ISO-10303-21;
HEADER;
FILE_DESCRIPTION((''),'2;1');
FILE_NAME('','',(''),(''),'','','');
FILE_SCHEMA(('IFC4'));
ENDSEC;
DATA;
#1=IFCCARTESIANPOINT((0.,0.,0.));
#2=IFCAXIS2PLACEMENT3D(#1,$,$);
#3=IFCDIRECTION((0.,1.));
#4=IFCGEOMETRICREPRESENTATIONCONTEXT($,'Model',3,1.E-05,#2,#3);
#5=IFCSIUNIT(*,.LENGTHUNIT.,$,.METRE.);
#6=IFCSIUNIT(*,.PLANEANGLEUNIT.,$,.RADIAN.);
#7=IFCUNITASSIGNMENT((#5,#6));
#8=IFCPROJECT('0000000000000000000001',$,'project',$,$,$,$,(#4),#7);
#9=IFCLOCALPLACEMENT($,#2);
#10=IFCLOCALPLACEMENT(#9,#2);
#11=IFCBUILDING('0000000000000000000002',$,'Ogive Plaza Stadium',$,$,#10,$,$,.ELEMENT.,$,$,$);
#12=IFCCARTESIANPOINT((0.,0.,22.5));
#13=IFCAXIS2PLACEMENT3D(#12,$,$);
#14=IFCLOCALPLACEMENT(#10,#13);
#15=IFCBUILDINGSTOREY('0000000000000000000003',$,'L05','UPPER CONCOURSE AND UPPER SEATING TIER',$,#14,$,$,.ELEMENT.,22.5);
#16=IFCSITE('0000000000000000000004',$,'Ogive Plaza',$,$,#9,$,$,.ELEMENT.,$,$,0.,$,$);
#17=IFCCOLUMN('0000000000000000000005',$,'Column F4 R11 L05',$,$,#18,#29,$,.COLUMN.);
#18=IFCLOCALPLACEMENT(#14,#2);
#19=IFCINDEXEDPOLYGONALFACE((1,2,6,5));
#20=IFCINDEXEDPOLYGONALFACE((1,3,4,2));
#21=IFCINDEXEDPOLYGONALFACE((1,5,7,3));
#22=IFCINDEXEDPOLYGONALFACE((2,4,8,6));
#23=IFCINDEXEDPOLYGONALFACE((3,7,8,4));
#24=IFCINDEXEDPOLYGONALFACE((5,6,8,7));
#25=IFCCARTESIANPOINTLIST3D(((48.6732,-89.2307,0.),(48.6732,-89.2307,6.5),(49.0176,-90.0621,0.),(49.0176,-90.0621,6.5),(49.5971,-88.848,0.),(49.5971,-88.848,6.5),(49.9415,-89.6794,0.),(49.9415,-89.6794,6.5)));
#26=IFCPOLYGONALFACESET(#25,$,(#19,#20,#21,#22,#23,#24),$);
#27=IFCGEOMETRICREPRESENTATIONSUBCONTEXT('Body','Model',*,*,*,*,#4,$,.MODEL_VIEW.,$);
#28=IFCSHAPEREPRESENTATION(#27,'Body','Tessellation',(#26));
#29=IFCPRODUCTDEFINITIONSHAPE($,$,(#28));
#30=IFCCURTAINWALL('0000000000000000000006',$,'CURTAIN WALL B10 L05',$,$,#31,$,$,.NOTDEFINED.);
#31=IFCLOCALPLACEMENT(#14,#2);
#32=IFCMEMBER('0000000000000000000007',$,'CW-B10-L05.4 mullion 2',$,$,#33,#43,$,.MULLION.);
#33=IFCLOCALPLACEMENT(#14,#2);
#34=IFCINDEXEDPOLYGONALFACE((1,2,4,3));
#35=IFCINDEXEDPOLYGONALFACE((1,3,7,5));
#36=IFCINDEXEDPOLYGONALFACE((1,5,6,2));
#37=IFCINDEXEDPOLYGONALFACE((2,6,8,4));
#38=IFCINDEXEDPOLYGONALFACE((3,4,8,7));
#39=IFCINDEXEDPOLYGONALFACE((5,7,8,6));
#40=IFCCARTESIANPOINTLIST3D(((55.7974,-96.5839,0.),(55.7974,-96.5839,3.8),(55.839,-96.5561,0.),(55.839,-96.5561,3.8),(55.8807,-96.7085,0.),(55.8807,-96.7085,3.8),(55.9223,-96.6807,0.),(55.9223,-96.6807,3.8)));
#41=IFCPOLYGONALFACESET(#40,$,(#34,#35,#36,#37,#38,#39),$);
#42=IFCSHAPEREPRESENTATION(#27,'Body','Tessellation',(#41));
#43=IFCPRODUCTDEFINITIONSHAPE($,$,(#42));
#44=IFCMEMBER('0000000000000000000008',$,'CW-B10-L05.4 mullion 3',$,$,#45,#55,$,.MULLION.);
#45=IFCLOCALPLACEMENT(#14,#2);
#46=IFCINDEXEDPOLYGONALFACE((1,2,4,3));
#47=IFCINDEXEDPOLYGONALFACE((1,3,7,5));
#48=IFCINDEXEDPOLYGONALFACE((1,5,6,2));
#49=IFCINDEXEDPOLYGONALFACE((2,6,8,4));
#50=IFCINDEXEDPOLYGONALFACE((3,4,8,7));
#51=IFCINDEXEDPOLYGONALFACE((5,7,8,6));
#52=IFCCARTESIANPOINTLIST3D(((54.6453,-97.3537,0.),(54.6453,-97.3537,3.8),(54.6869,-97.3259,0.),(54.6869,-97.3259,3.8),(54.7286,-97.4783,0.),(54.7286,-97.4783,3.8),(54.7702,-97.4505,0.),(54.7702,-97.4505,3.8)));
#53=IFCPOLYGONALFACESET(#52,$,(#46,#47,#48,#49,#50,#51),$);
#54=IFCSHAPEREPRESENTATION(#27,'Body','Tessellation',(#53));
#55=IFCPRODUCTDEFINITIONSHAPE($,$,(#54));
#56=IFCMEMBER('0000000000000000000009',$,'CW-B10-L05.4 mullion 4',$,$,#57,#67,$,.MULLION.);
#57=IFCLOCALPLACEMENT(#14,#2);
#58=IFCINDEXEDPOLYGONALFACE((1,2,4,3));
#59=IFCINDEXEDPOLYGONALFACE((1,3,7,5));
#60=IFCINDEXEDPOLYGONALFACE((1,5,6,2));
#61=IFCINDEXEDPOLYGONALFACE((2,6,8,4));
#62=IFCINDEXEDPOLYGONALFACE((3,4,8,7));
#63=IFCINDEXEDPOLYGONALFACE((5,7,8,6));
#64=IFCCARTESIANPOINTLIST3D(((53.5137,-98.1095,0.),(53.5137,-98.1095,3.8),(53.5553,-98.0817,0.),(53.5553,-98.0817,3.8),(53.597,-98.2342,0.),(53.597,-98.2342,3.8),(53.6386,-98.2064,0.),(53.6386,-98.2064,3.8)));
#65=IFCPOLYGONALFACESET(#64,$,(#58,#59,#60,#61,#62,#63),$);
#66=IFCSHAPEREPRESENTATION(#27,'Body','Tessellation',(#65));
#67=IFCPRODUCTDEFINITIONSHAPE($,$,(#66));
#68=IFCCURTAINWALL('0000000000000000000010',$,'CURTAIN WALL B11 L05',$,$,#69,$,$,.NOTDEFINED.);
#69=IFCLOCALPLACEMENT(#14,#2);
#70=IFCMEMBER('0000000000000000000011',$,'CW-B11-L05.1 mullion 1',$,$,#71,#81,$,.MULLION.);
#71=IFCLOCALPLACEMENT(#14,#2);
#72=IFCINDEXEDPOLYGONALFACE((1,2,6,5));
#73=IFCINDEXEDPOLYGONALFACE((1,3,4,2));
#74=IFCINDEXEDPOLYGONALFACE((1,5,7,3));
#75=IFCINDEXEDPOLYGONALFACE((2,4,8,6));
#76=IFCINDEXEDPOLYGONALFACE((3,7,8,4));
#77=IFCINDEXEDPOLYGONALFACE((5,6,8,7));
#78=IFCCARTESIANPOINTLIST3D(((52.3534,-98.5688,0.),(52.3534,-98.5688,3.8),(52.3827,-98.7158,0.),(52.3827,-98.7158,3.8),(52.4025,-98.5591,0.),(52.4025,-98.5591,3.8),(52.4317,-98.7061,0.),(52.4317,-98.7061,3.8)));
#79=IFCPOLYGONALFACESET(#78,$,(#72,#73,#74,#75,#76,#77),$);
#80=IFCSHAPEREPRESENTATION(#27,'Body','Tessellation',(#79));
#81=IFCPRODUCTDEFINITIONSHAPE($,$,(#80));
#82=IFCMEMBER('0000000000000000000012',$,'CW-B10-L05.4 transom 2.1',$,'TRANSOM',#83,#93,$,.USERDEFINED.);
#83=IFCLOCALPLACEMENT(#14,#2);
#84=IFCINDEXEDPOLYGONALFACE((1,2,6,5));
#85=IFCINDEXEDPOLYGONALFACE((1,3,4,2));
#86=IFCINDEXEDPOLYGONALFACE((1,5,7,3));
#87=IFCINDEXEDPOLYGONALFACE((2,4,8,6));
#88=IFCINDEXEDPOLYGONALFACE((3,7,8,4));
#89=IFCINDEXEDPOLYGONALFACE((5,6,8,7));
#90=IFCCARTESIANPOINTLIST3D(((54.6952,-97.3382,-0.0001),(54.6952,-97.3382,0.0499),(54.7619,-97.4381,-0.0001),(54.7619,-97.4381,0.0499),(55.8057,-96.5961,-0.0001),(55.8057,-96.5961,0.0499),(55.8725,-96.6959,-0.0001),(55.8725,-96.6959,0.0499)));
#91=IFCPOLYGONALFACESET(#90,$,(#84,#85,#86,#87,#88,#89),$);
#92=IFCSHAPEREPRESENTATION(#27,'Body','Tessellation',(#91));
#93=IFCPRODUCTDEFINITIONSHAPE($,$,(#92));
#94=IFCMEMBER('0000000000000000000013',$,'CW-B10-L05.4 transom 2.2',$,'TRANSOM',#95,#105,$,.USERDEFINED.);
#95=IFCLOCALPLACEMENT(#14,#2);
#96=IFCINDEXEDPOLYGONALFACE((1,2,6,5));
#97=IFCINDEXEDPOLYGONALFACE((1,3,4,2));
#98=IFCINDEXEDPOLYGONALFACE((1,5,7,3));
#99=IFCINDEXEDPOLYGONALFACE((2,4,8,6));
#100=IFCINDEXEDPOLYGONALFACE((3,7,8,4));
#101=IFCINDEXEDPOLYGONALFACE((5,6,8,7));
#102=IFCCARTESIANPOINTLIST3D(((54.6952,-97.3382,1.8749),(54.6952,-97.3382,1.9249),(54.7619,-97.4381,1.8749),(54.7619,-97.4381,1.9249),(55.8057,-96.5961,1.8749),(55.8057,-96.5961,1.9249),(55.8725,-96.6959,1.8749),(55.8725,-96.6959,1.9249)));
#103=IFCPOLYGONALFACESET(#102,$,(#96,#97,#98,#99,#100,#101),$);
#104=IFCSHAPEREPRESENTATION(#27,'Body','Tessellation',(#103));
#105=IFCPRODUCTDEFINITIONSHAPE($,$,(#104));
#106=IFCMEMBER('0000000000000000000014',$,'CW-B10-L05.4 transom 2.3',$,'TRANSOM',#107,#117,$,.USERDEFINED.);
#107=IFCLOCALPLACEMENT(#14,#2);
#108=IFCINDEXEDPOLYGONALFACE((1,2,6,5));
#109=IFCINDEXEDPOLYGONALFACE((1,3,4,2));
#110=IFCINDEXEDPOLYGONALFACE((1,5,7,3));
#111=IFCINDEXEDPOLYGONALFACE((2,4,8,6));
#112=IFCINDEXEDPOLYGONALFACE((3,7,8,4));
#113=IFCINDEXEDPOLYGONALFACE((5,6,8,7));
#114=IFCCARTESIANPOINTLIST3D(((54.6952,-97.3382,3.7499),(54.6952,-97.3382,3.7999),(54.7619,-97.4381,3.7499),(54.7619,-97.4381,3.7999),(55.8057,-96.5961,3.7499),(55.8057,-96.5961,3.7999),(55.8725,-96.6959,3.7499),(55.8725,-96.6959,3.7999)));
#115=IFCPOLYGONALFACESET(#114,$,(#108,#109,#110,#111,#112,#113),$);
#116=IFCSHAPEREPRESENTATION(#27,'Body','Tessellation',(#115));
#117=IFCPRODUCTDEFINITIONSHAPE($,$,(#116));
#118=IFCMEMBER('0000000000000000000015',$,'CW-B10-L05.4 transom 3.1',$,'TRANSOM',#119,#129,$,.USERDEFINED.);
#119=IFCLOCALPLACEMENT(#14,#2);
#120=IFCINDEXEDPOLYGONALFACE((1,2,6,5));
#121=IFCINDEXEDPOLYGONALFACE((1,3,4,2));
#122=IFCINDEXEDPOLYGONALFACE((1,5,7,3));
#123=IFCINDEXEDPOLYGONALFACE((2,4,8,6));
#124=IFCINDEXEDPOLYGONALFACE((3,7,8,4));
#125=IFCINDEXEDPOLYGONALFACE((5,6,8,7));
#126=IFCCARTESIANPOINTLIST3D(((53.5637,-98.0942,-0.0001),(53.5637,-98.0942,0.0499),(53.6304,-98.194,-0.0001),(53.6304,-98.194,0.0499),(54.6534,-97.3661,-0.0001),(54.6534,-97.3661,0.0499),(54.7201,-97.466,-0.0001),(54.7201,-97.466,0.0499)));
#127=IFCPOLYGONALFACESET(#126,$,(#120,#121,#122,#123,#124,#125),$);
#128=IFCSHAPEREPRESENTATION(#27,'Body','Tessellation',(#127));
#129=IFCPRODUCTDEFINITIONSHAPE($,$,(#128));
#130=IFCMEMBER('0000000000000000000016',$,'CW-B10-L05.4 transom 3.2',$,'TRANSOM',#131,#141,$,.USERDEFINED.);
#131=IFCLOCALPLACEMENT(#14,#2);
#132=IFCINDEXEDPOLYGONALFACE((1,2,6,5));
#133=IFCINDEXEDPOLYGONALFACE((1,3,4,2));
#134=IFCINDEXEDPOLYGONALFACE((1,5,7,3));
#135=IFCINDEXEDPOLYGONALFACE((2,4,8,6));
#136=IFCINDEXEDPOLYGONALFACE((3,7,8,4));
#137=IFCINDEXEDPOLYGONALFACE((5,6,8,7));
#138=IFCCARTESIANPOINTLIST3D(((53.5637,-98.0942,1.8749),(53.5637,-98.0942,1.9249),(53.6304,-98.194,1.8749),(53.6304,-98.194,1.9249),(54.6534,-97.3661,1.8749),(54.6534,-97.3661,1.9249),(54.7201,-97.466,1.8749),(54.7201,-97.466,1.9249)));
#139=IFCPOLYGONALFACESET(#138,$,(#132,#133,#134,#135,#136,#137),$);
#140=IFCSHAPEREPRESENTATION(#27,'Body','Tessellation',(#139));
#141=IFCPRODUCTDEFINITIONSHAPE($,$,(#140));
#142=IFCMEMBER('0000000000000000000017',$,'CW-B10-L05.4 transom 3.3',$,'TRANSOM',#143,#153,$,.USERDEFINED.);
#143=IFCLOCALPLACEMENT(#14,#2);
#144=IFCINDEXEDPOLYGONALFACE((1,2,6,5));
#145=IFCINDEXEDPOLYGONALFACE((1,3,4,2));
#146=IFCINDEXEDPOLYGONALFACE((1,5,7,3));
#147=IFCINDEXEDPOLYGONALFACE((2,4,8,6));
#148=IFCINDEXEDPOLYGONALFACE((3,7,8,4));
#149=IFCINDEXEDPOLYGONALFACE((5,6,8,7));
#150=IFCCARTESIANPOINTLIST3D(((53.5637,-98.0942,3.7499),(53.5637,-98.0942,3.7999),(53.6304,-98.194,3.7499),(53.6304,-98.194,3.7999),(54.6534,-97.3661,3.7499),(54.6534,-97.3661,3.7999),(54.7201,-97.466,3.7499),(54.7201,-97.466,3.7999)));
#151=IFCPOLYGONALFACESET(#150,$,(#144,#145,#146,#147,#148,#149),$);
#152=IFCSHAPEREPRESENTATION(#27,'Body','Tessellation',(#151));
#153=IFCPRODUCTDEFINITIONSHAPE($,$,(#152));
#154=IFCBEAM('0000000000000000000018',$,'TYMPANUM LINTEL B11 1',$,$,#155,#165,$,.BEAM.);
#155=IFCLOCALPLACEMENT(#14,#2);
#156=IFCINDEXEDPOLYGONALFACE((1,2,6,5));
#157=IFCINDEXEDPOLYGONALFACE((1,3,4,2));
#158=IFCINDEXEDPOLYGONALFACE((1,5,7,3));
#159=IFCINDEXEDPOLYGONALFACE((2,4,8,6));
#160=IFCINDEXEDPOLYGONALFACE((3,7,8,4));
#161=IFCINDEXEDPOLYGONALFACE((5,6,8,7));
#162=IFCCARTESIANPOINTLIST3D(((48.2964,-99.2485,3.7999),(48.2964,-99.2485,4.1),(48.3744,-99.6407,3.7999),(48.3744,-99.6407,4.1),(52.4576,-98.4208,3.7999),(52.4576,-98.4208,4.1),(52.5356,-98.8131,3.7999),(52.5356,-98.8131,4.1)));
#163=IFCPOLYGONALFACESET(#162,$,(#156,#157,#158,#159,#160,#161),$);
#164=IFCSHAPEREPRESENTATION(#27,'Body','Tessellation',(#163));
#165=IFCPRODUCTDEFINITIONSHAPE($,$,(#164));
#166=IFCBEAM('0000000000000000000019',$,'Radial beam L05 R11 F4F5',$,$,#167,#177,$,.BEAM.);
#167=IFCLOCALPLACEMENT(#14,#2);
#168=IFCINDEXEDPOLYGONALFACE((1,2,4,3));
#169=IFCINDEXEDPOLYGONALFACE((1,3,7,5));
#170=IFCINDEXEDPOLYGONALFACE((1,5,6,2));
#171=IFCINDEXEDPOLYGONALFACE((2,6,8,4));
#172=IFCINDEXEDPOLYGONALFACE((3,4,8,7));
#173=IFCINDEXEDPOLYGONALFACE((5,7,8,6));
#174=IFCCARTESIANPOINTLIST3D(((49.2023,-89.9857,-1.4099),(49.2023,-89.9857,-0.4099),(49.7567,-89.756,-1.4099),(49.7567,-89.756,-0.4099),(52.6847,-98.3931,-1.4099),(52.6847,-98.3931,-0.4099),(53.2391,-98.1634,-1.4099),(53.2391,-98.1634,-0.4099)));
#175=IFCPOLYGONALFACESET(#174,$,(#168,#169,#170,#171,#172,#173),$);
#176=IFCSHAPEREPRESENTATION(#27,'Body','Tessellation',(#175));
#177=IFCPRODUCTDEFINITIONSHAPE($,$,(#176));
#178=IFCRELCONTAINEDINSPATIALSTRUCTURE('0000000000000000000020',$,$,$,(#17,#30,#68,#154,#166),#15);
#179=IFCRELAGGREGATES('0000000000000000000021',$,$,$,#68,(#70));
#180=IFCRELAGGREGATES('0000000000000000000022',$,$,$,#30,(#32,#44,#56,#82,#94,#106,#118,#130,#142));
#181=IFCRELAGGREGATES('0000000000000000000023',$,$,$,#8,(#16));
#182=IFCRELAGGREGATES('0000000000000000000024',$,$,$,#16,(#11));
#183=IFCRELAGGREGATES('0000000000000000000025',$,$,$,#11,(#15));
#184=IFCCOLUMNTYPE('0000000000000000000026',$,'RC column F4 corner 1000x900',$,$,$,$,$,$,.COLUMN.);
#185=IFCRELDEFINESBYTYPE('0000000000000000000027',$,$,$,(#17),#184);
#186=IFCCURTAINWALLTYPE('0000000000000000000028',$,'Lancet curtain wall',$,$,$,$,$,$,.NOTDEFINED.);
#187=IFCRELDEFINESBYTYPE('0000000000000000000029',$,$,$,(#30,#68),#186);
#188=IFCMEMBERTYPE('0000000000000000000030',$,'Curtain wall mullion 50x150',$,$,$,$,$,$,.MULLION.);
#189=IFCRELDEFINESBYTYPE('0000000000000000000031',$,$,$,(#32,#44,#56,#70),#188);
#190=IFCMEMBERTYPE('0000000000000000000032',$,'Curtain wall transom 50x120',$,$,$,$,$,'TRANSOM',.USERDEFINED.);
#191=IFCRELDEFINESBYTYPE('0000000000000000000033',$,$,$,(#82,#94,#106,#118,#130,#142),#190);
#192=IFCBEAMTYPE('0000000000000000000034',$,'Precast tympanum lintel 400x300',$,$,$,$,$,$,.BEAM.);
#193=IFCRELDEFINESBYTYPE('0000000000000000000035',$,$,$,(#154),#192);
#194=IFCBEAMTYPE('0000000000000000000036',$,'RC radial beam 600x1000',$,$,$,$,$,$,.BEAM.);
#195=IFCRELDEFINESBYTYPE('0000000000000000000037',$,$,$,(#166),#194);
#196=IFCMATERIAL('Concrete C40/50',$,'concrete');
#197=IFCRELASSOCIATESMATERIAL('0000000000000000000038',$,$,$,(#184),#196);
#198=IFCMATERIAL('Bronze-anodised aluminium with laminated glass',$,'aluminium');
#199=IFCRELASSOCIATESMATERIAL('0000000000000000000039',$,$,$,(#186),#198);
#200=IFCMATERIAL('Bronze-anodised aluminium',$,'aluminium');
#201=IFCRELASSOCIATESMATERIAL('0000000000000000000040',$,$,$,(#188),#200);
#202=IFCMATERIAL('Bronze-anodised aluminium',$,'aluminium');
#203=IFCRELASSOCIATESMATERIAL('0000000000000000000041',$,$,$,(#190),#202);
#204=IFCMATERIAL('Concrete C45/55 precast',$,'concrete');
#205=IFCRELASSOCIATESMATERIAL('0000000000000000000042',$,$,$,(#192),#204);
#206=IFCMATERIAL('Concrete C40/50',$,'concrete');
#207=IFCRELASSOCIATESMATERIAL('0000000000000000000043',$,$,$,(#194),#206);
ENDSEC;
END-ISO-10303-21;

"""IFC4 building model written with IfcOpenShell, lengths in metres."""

from ifc_helpers import new_model, si_unit, direction, frame, origin, origin_2d, place, context, subcontext, project, spatial, rectangle, extrude, material, material_profile, profile_set, type_object, element, aggregate, save


model = new_model("IFC4")

# Units and contexts
model_context = context("Model", 3, precision=1e-05, world=origin(), true_north=direction((0.0, 1.0)))
body_context = subcontext(model_context, "Body", "Model", "MODEL_VIEW")
ifc_project = project(units=[si_unit("LENGTHUNIT", "METRE"), si_unit("PLANEANGLEUNIT", "RADIAN")], contexts=[model_context])

# Site, building, storey
site_placement = place(None, origin())
site = spatial("IfcSite", under=ifc_project, at=site_placement, Name="Ogive Plaza", CompositionType="ELEMENT", RefElevation=0.0)
building_placement = place(site_placement, origin())
building = spatial("IfcBuilding", under=site, at=building_placement, Name="Ogive Plaza Stadium", CompositionType="ELEMENT")
storey_placement = place(building_placement, frame((0.0, 0.0, 22.5)))
storey = spatial("IfcBuildingStorey", under=building, at=storey_placement, Name="L05", Description="UPPER CONCOURSE AND UPPER SEATING TIER", CompositionType="ELEMENT", Elevation=22.5)

# Column
ifc_material_1 = material(Name="Concrete C40/50", Category="concrete")
ifc_material_profile_1 = material_profile(ifc_material_1, rectangle(XDim=1.0, YDim=0.8999, at=origin_2d()), Name="RC 1000x900")
ifc_profile_set_1 = profile_set([ifc_material_profile_1], Name="Concrete C40/50")
column_type = type_object("IfcColumnType", Name="RC column F4 corner 1000x900", PredefinedType="COLUMN", material=ifc_profile_set_1)
column_placement = place(storey_placement, frame((49.3074, -89.4551, 0.0), z_axis=(0.0, 0.0, 1.0), x_axis=(0.92388, 0.382683, 0.0)))
element("IfcColumn", 1, at=column_placement, inside=storey, type_object=column_type, Name="Column F4 R11 L05", PredefinedType="COLUMN", context=body_context, shape_type="SweptSolid", body=[
    extrude(rectangle(XDim=1.0, YDim=0.8999, at=origin_2d()), origin(), (0.0, 0.0, 1.0), 6.5),
])

# Curtain wall, members
ifc_material_2 = material(Name="Bronze-anodised aluminium with laminated glass", Category="aluminium")
curtain_wall_type = type_object("IfcCurtainWallType", Name="Lancet curtain wall", PredefinedType="NOTDEFINED", material=ifc_material_2)
curtain_wall_1_placement = place(storey_placement, origin())
curtain_wall_1 = element("IfcCurtainWall", 2, at=curtain_wall_1_placement, inside=storey, type_object=curtain_wall_type, Name="CURTAIN WALL B10 L05", PredefinedType="NOTDEFINED")
ifc_material_3 = material(Name="Bronze-anodised aluminium", Category="aluminium")
ifc_material_profile_2 = material_profile(ifc_material_3, rectangle(XDim=0.1499, YDim=0.05, at=origin_2d()), Name="AL 150x50")
ifc_profile_set_2 = profile_set([ifc_material_profile_2], Name="Bronze-anodised aluminium")
member_type_1 = type_object("IfcMemberType", Name="Curtain wall mullion 50x150", PredefinedType="MULLION", material=ifc_profile_set_2)
member_1_placement = place(storey_placement, frame((55.8599, -96.6323, 0.0), z_axis=(0.0, 0.0, 1.0), x_axis=(0.55557, -0.83147, 0.0)))
member_1 = element("IfcMember", 3, at=member_1_placement, type_object=member_type_1, Name="CW-B10-L05.4 mullion 2", PredefinedType="MULLION", context=body_context, shape_type="SweptSolid", body=[
    extrude(rectangle(XDim=0.1499, YDim=0.05, at=origin_2d()), origin(), (0.0, 0.0, 1.0), 3.8),
])
member_2_placement = place(storey_placement, frame((54.7078, -97.4021, 0.0), z_axis=(0.0, 0.0, 1.0), x_axis=(0.55557, -0.83147, 0.0)))
member_2 = element("IfcMember", 4, at=member_2_placement, type_object=member_type_1, Name="CW-B10-L05.4 mullion 3", PredefinedType="MULLION", context=body_context, shape_type="SweptSolid", body=[
    extrude(rectangle(XDim=0.1499, YDim=0.05, at=origin_2d()), origin(), (0.0, 0.0, 1.0), 3.8),
])
member_3_placement = place(storey_placement, frame((53.5762, -98.158, 0.0), z_axis=(0.0, 0.0, 1.0), x_axis=(0.55557, -0.83147, 0.0)))
member_3 = element("IfcMember", 5, at=member_3_placement, type_object=member_type_1, Name="CW-B10-L05.4 mullion 4", PredefinedType="MULLION", context=body_context, shape_type="SweptSolid", body=[
    extrude(rectangle(XDim=0.1499, YDim=0.05, at=origin_2d()), origin(), (0.0, 0.0, 1.0), 3.8),
])

# Curtain wall, member
curtain_wall_2_placement = place(storey_placement, origin())
curtain_wall_2 = element("IfcCurtainWall", 6, at=curtain_wall_2_placement, inside=storey, type_object=curtain_wall_type, Name="CURTAIN WALL B11 L05", PredefinedType="NOTDEFINED")
member_4_placement = place(storey_placement, frame((52.3926, -98.6375, 0.0), z_axis=(0.0, 0.0, 1.0), x_axis=(0.19509, -0.980785, 0.0)))
member_4 = element("IfcMember", 7, at=member_4_placement, type_object=member_type_1, Name="CW-B11-L05.1 mullion 1", PredefinedType="MULLION", context=body_context, shape_type="SweptSolid", body=[
    extrude(rectangle(XDim=0.1499, YDim=0.05, at=origin_2d()), origin(), (0.0, 0.0, 1.0), 3.8),
])
aggregate(curtain_wall_2, [member_4])

# Members
ifc_material_4 = material(Name="Bronze-anodised aluminium", Category="aluminium")
ifc_material_profile_3 = material_profile(ifc_material_4, rectangle(XDim=0.1201, YDim=0.05, at=origin_2d()), Name="AL 120x50")
ifc_profile_set_3 = profile_set([ifc_material_profile_3], Name="Bronze-anodised aluminium")
member_type_2 = type_object("IfcMemberType", Name="Curtain wall transom 50x120", ElementType="TRANSOM", PredefinedType="USERDEFINED", material=ifc_profile_set_3)
member_5_placement = place(storey_placement, frame((55.8391, -96.646, 0.0249), z_axis=(-0.831431, -0.555628, 0.0), x_axis=(0.555628, -0.831431, 0.0)))
member_5 = element("IfcMember", 8, at=member_5_placement, type_object=member_type_2, Name="CW-B10-L05.4 transom 2.1", ObjectType="TRANSOM", PredefinedType="USERDEFINED", context=body_context, shape_type="SweptSolid", body=[
    extrude(rectangle(XDim=0.1201, YDim=0.05, at=origin_2d()), origin(), (0.0, 0.0, 1.0), 1.3357),
])
member_6_placement = place(storey_placement, frame((55.8391, -96.646, 1.8999), z_axis=(-0.831431, -0.555628, 0.0), x_axis=(0.555628, -0.831431, 0.0)))
member_6 = element("IfcMember", 9, at=member_6_placement, type_object=member_type_2, Name="CW-B10-L05.4 transom 2.2", ObjectType="TRANSOM", PredefinedType="USERDEFINED", context=body_context, shape_type="SweptSolid", body=[
    extrude(rectangle(XDim=0.1201, YDim=0.05, at=origin_2d()), origin(), (0.0, 0.0, 1.0), 1.3357),
])
member_7_placement = place(storey_placement, frame((55.8391, -96.646, 3.7749), z_axis=(-0.831431, -0.555628, 0.0), x_axis=(0.555628, -0.831431, 0.0)))
member_7 = element("IfcMember", 10, at=member_7_placement, type_object=member_type_2, Name="CW-B10-L05.4 transom 2.3", ObjectType="TRANSOM", PredefinedType="USERDEFINED", context=body_context, shape_type="SweptSolid", body=[
    extrude(rectangle(XDim=0.1201, YDim=0.05, at=origin_2d()), origin(), (0.0, 0.0, 1.0), 1.3357),
])
member_8_placement = place(storey_placement, frame((54.6868, -97.416, 0.0249), z_axis=(-0.831477, -0.55556, 0.0), x_axis=(0.55556, -0.831477, 0.0)))
member_8 = element("IfcMember", 11, at=member_8_placement, type_object=member_type_2, Name="CW-B10-L05.4 transom 3.1", ObjectType="TRANSOM", PredefinedType="USERDEFINED", context=body_context, shape_type="SweptSolid", body=[
    extrude(rectangle(XDim=0.1201, YDim=0.05, at=origin_2d()), origin(), (0.0, 0.0, 1.0), 1.3105),
])
member_9_placement = place(storey_placement, frame((54.6868, -97.416, 1.8999), z_axis=(-0.831477, -0.55556, 0.0), x_axis=(0.55556, -0.831477, 0.0)))
member_9 = element("IfcMember", 12, at=member_9_placement, type_object=member_type_2, Name="CW-B10-L05.4 transom 3.2", ObjectType="TRANSOM", PredefinedType="USERDEFINED", context=body_context, shape_type="SweptSolid", body=[
    extrude(rectangle(XDim=0.1201, YDim=0.05, at=origin_2d()), origin(), (0.0, 0.0, 1.0), 1.3105),
])
member_10_placement = place(storey_placement, frame((54.6868, -97.416, 3.7749), z_axis=(-0.831477, -0.55556, 0.0), x_axis=(0.55556, -0.831477, 0.0)))
member_10 = element("IfcMember", 13, at=member_10_placement, type_object=member_type_2, Name="CW-B10-L05.4 transom 3.3", ObjectType="TRANSOM", PredefinedType="USERDEFINED", context=body_context, shape_type="SweptSolid", body=[
    extrude(rectangle(XDim=0.1201, YDim=0.05, at=origin_2d()), origin(), (0.0, 0.0, 1.0), 1.3105),
])

# Beams
ifc_material_5 = material(Name="Concrete C45/55 precast", Category="concrete")
ifc_material_profile_4 = material_profile(ifc_material_5, rectangle(XDim=0.3999, YDim=0.3, at=origin_2d()), Name="RC 400x300")
ifc_profile_set_4 = profile_set([ifc_material_profile_4], Name="Concrete C45/55 precast")
beam_type_1 = type_object("IfcBeamType", Name="Precast tympanum lintel 400x300", PredefinedType="BEAM", material=ifc_profile_set_4)
beam_1_placement = place(storey_placement, frame((52.4966, -98.6169, 3.95), z_axis=(-0.980788, -0.195076, 0.0), x_axis=(0.195076, -0.980788, 0.0)))
element("IfcBeam", 14, at=beam_1_placement, inside=storey, type_object=beam_type_1, Name="TYMPANUM LINTEL B11 1", PredefinedType="BEAM", context=body_context, shape_type="SweptSolid", body=[
    extrude(rectangle(XDim=0.3999, YDim=0.3, at=origin_2d()), origin(), (0.0, 0.0, 1.0), 4.2427),
])
ifc_material_6 = material(Name="Concrete C40/50", Category="concrete")
ifc_material_profile_5 = material_profile(ifc_material_6, rectangle(XDim=0.6001, YDim=1.0, at=origin_2d()), Name="RC 600x1000")
ifc_profile_set_5 = profile_set([ifc_material_profile_5], Name="Concrete C40/50")
beam_type_2 = type_object("IfcBeamType", Name="RC radial beam 600x1000", PredefinedType="BEAM", material=ifc_profile_set_5)
beam_2_placement = place(storey_placement, frame((49.4795, -89.8708, -0.9099), z_axis=(0.382677, -0.923882, 0.0), x_axis=(0.923882, 0.382677, 0.0)))
element("IfcBeam", 15, at=beam_2_placement, inside=storey, type_object=beam_type_2, Name="Radial beam L05 R11 F4F5", PredefinedType="BEAM", context=body_context, shape_type="SweptSolid", body=[
    extrude(rectangle(XDim=0.6001, YDim=1.0, at=origin_2d()), origin(), (0.0, 0.0, 1.0), 9.1001),
])

aggregate(curtain_wall_1, [member_1, member_2, member_3, member_5, member_6, member_7, member_8, member_9, member_10])

save(model, "model.ifc")
